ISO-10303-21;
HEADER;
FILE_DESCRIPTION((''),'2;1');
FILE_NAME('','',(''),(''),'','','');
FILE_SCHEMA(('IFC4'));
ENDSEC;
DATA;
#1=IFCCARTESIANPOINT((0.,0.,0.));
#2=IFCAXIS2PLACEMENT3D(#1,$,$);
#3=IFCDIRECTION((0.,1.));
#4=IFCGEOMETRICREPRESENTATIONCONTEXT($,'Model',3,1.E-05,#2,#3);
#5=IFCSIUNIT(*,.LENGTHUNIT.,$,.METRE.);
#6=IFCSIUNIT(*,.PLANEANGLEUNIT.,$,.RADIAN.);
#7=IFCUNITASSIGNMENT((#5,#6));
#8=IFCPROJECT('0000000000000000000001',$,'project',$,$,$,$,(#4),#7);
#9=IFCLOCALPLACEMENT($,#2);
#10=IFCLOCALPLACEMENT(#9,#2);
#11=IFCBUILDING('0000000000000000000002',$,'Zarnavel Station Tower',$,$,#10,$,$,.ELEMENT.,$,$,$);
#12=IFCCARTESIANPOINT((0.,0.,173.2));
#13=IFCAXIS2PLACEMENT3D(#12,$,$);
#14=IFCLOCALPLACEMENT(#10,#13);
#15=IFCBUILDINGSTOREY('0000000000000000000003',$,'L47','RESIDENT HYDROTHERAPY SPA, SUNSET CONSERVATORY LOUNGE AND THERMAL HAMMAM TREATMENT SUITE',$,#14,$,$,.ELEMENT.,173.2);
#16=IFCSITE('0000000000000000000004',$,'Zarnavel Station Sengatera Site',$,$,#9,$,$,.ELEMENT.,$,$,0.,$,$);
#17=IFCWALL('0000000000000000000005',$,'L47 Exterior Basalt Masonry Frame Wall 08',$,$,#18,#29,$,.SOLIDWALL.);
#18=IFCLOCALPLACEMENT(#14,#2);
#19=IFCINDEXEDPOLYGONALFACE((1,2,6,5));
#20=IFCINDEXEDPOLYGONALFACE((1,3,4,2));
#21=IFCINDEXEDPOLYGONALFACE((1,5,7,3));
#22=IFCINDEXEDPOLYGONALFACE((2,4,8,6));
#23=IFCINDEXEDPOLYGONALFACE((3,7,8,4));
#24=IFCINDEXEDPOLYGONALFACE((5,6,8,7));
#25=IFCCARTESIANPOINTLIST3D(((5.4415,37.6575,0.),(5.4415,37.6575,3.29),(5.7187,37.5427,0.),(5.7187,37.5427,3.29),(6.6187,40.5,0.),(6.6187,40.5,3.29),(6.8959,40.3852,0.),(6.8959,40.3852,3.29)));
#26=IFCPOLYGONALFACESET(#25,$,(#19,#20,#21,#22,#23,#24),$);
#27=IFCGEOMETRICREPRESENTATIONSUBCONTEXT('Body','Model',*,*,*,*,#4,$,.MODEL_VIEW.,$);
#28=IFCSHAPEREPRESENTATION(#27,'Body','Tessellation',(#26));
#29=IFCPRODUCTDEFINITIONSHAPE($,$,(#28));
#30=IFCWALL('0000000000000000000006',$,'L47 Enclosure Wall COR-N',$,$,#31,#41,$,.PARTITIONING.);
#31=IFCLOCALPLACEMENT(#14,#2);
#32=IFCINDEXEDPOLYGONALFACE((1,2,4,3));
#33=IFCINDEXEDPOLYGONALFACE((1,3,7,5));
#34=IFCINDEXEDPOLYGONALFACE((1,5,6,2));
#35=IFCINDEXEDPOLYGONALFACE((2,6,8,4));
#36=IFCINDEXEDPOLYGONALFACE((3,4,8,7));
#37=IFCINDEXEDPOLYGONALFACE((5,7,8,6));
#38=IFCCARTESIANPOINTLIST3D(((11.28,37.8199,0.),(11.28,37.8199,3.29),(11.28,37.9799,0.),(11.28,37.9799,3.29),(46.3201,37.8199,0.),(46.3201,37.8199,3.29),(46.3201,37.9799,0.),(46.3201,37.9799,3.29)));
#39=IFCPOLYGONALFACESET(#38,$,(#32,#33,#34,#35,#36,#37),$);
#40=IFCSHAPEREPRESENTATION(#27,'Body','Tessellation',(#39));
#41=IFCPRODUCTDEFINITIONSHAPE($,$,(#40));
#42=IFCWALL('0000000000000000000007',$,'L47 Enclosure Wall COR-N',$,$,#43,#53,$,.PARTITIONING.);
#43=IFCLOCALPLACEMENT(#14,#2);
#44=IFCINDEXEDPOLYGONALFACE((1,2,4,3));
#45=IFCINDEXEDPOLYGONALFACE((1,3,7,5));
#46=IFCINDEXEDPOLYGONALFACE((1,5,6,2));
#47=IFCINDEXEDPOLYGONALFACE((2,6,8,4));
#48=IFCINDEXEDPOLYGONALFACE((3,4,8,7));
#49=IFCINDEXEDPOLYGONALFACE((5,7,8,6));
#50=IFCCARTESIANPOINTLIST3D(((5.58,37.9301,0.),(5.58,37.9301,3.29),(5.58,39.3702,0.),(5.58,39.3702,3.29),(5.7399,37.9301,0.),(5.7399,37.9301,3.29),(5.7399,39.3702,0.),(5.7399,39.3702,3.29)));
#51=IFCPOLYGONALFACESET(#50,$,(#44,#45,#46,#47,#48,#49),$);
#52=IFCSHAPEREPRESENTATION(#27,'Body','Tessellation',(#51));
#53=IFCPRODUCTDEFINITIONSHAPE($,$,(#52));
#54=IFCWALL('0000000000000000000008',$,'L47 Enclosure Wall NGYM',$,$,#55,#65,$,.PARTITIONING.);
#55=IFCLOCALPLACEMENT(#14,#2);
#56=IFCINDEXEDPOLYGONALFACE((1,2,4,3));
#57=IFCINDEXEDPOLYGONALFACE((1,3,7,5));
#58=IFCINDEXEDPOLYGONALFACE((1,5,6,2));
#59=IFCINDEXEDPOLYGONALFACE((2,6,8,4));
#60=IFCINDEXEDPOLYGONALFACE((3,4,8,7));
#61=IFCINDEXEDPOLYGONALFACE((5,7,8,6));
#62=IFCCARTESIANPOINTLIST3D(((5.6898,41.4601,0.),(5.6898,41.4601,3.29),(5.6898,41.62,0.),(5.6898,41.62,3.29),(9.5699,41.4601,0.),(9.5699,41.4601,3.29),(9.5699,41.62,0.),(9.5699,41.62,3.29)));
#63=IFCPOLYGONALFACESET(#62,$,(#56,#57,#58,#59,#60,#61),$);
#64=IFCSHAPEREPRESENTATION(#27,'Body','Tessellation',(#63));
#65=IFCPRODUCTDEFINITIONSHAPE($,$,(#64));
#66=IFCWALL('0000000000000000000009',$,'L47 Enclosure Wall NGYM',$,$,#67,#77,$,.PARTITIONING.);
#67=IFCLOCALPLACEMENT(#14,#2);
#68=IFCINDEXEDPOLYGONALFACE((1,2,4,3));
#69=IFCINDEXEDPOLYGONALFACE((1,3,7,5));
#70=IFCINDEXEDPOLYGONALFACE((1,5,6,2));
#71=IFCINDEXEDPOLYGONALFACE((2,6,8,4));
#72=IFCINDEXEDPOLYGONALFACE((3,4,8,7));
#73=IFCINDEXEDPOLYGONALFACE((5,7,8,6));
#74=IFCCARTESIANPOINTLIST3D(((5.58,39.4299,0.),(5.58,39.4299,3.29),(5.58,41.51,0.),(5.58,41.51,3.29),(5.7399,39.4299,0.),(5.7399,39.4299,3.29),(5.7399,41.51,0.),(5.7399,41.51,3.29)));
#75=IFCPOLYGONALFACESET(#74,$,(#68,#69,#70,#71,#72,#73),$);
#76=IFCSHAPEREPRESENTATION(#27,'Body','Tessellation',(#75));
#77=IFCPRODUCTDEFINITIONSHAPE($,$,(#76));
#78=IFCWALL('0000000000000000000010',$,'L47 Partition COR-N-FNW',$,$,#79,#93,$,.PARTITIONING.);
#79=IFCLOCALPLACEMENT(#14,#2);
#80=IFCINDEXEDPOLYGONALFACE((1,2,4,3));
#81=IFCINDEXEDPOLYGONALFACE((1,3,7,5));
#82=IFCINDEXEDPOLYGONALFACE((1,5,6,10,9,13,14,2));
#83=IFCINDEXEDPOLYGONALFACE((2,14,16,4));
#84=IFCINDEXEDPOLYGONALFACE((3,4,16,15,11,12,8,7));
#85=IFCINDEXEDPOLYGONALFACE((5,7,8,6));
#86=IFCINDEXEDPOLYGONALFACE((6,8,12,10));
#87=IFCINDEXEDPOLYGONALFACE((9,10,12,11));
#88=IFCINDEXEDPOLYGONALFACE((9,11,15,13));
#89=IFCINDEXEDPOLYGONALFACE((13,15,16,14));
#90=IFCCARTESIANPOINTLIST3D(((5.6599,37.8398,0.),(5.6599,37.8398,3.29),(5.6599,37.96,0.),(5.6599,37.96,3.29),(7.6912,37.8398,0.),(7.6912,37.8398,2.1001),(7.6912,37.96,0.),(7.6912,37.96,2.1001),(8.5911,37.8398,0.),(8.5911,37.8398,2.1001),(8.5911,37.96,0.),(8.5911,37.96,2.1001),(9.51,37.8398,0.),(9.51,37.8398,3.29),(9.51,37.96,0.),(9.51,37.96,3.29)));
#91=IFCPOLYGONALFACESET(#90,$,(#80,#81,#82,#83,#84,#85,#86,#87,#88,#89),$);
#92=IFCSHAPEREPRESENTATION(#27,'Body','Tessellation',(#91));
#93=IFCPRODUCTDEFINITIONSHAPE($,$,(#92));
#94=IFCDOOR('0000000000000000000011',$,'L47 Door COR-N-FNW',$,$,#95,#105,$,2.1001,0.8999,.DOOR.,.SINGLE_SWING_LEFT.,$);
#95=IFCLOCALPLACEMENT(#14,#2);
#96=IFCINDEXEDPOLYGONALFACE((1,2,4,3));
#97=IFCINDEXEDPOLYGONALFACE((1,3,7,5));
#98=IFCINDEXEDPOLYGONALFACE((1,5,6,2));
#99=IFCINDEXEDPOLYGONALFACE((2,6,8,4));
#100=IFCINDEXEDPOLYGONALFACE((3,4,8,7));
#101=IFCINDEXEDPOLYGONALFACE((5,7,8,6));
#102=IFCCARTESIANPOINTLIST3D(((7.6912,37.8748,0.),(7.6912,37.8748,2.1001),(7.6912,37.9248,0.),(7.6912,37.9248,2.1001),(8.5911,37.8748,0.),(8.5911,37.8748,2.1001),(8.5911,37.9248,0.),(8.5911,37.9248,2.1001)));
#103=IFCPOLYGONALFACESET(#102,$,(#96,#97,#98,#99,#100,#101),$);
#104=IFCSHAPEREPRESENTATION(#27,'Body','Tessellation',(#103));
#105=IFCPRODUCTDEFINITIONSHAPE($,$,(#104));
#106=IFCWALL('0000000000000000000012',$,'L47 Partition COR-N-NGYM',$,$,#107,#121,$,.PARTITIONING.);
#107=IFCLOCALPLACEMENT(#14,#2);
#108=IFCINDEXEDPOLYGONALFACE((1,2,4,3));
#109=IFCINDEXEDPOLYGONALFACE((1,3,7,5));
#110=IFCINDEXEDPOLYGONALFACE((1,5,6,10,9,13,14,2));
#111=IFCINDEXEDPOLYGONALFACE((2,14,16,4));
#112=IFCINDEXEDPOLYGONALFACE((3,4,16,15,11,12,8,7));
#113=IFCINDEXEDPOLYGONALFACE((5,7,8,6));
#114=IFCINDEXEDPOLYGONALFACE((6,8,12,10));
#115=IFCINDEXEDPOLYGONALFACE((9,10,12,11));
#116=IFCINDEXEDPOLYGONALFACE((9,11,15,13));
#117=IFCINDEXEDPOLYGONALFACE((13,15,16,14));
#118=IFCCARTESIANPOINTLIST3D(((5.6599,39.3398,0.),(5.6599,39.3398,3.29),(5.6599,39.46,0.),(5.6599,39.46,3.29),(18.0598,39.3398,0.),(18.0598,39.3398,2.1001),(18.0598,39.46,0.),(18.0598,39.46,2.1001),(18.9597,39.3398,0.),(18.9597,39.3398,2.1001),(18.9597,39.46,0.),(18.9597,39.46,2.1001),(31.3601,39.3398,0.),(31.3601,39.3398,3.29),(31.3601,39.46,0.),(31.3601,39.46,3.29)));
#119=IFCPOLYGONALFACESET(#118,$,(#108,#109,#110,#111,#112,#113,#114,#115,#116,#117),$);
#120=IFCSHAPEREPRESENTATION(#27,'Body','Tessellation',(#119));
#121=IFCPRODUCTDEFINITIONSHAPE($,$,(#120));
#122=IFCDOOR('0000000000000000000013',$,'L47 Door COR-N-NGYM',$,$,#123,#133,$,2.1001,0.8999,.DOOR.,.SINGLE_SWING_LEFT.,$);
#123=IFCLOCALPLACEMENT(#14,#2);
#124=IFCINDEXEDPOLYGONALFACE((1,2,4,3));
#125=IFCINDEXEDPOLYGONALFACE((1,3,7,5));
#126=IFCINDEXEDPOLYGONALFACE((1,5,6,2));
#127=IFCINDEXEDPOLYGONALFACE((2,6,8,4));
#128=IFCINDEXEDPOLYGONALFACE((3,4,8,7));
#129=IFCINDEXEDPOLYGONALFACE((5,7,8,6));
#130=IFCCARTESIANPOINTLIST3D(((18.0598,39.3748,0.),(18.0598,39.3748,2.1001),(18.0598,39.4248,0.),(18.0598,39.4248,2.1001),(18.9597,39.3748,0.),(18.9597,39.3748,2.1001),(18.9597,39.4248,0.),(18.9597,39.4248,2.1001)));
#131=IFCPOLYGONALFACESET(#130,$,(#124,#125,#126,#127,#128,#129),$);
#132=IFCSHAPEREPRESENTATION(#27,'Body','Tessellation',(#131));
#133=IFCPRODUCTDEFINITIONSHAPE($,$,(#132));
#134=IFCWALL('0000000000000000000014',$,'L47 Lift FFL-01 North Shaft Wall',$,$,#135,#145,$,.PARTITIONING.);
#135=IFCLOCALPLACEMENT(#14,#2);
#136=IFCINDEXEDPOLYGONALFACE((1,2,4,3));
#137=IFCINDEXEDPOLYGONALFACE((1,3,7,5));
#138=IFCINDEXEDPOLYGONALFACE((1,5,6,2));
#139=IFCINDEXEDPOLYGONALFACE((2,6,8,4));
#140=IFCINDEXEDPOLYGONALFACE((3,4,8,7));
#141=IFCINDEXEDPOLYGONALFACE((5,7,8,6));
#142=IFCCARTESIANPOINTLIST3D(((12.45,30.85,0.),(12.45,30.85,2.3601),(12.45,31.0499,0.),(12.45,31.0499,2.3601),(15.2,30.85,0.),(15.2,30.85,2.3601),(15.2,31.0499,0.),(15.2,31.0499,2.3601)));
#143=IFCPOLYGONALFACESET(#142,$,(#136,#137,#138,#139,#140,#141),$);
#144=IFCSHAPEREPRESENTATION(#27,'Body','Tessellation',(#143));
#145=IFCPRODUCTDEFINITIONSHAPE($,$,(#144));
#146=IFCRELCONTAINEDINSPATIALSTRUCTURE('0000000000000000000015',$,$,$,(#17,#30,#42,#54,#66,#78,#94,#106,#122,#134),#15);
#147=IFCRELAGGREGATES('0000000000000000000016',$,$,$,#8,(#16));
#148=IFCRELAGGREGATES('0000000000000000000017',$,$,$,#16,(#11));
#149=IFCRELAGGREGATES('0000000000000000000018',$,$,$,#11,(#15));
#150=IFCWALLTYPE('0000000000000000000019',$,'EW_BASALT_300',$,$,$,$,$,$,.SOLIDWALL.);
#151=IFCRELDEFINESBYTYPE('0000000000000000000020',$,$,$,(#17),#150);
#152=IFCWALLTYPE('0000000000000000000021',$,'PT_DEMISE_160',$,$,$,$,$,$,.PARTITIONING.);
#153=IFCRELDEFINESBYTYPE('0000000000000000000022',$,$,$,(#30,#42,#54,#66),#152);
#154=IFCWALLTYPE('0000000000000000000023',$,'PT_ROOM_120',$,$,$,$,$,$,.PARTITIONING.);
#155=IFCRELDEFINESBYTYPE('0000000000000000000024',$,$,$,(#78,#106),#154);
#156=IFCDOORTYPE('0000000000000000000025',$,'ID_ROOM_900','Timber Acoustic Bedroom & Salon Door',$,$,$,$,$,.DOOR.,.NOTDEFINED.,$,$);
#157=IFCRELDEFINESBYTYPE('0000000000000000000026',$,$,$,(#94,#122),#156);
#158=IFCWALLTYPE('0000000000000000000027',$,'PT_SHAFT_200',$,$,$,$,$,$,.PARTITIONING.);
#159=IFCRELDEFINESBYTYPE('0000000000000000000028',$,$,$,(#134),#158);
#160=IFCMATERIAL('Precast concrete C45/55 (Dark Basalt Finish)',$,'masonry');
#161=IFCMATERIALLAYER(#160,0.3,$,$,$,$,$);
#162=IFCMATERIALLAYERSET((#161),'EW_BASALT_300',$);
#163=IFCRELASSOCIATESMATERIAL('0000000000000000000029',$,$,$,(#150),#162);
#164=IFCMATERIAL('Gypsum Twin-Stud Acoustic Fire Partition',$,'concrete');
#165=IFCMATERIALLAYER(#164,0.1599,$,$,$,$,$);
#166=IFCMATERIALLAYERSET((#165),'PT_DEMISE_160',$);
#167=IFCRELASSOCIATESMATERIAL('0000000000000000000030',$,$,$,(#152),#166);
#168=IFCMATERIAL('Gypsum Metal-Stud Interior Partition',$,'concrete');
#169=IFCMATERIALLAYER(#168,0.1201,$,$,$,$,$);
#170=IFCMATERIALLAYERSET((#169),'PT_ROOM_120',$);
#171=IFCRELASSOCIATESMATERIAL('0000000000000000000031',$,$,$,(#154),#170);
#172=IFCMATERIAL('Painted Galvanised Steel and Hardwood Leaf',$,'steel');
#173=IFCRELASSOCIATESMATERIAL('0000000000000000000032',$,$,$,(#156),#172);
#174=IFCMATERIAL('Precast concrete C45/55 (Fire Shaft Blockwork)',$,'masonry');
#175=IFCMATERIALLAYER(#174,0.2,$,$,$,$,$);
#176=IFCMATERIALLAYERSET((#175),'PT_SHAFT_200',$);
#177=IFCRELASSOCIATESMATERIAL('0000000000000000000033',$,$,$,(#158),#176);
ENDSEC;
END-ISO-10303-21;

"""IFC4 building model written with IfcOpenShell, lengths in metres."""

from ifc_helpers import new_model, si_unit, direction, frame, frame_2d, origin, place, context, subcontext, project, spatial, rectangle, extrude, material, layer, layer_set, type_object, element, fill, save


model = new_model("IFC4")

# Units and contexts
model_context = context("Model", 3, precision=1e-05, world=origin(), true_north=direction((0.0, 1.0)))
body_context = subcontext(model_context, "Body", "Model", "MODEL_VIEW")
ifc_project = project(units=[si_unit("LENGTHUNIT", "METRE"), si_unit("PLANEANGLEUNIT", "RADIAN")], contexts=[model_context])

# Site, building, storey
site_placement = place(None, origin())
site = spatial("IfcSite", under=ifc_project, at=site_placement, Name="Zarnavel Station Sengatera Site", CompositionType="ELEMENT", RefElevation=0.0)
building_placement = place(site_placement, origin())
building = spatial("IfcBuilding", under=site, at=building_placement, Name="Zarnavel Station Tower", CompositionType="ELEMENT")
storey_placement = place(building_placement, frame((0.0, 0.0, 173.2)))
storey = spatial("IfcBuildingStorey", under=building, at=storey_placement, Name="L47", Description="RESIDENT HYDROTHERAPY SPA, SUNSET CONSERVATORY LOUNGE AND THERMAL HAMMAM TREATMENT SUITE", CompositionType="ELEMENT", Elevation=173.2)

# Shared definitions
ifc_material_1 = material(Name="Precast concrete C45/55 (Dark Basalt Finish)", Category="masonry")
ifc_layer_1 = layer(ifc_material_1, 0.3)
ifc_layer_set_1 = layer_set([ifc_layer_1], Name="EW_BASALT_300")
wall_type_1 = type_object("IfcWallType", Name="EW_BASALT_300", PredefinedType="SOLIDWALL", material=ifc_layer_set_1)

# Walls
wall_1_placement = place(storey_placement, frame((5.5801, 37.6001, 0.0), z_axis=(0.0, 0.0, 1.0), x_axis=(0.382637, 0.923899, 0.0)))
element("IfcWall", 1, at=wall_1_placement, inside=storey, type_object=wall_type_1, Name="L47 Exterior Basalt Masonry Frame Wall 08", PredefinedType="SOLIDWALL", context=body_context, shape_type="SweptSolid", body=[
    extrude(rectangle(XDim=3.0767, YDim=0.3, at=frame_2d((1.5383, 0.0))), origin(), (0.0, 0.0, 1.0), 3.29),
])
ifc_material_2 = material(Name="Gypsum Twin-Stud Acoustic Fire Partition", Category="concrete")
ifc_layer_2 = layer(ifc_material_2, 0.1599)
ifc_layer_set_2 = layer_set([ifc_layer_2], Name="PT_DEMISE_160")
wall_type_2 = type_object("IfcWallType", Name="PT_DEMISE_160", PredefinedType="PARTITIONING", material=ifc_layer_set_2)
wall_2_placement = place(storey_placement, frame((11.28, 37.8999, 0.0), z_axis=(0.0, 0.0, 1.0), x_axis=(1.0, 0.0, 0.0)))
element("IfcWall", 2, at=wall_2_placement, inside=storey, type_object=wall_type_2, Name="L47 Enclosure Wall COR-N", PredefinedType="PARTITIONING", context=body_context, shape_type="SweptSolid", body=[
    extrude(rectangle(XDim=35.04, YDim=0.1599, at=frame_2d((17.52, 0.0))), origin(), (0.0, 0.0, 1.0), 3.29),
])
wall_3_placement = place(storey_placement, frame((5.6599, 37.9299, 0.0), z_axis=(0.0, 0.0, 1.0), x_axis=(0.0, 1.0, 0.0)))
element("IfcWall", 3, at=wall_3_placement, inside=storey, type_object=wall_type_2, Name="L47 Enclosure Wall COR-N", PredefinedType="PARTITIONING", context=body_context, shape_type="SweptSolid", body=[
    extrude(rectangle(XDim=1.4402, YDim=0.1599, at=frame_2d((0.7202, 0.0))), origin(), (0.0, 0.0, 1.0), 3.29),
])
wall_4_placement = place(storey_placement, frame((5.6899, 41.54, 0.0), z_axis=(0.0, 0.0, 1.0), x_axis=(1.0, 0.0, 0.0)))
element("IfcWall", 4, at=wall_4_placement, inside=storey, type_object=wall_type_2, Name="L47 Enclosure Wall NGYM", PredefinedType="PARTITIONING", context=body_context, shape_type="SweptSolid", body=[
    extrude(rectangle(XDim=3.8801, YDim=0.1599, at=frame_2d((1.9399, 0.0))), origin(), (0.0, 0.0, 1.0), 3.29),
])
wall_5_placement = place(storey_placement, frame((5.6599, 39.4299, 0.0), z_axis=(0.0, 0.0, 1.0), x_axis=(0.0, 1.0, 0.0)))
element("IfcWall", 5, at=wall_5_placement, inside=storey, type_object=wall_type_2, Name="L47 Enclosure Wall NGYM", PredefinedType="PARTITIONING", context=body_context, shape_type="SweptSolid", body=[
    extrude(rectangle(XDim=2.0801, YDim=0.1599, at=frame_2d((1.04, 0.0))), origin(), (0.0, 0.0, 1.0), 3.29),
])

# Walls, openings, doors
ifc_material_3 = material(Name="Gypsum Metal-Stud Interior Partition", Category="concrete")
ifc_layer_3 = layer(ifc_material_3, 0.1201)
ifc_layer_set_3 = layer_set([ifc_layer_3], Name="PT_ROOM_120")
wall_type_3 = type_object("IfcWallType", Name="PT_ROOM_120", PredefinedType="PARTITIONING", material=ifc_layer_set_3)
wall_6_placement = place(storey_placement, frame((5.6599, 37.8999, 0.0), z_axis=(0.0, 0.0, 1.0), x_axis=(1.0, 0.0, 0.0)))
wall_6 = element("IfcWall", 6, at=wall_6_placement, inside=storey, type_object=wall_type_3, Name="L47 Partition COR-N-FNW", PredefinedType="PARTITIONING", context=body_context, shape_type="SweptSolid", body=[
    extrude(rectangle(XDim=3.8501, YDim=0.1201, at=frame_2d((1.925, 0.0))), origin(), (0.0, 0.0, 1.0), 3.29),
])
opening_1_placement = place(wall_6_placement, frame((2.0312, 0.0, 0.0)))
opening_1 = element("IfcOpeningElement", 7, at=opening_1_placement, cuts=wall_6, PredefinedType="OPENING", context=body_context, shape_type="SweptSolid", body=[
    extrude(rectangle(XDim=0.8999, YDim=2.1001, at=frame_2d((0.45, 1.05))), frame((0.0, 0.0701, 0.0), z_axis=(0.0, -1.0, 0.0), x_axis=(1.0, 0.0, 0.0)), (0.0, 0.0, 1.0), 0.1401),
])
ifc_material_4 = material(Name="Painted Galvanised Steel and Hardwood Leaf", Category="steel")
door_type = type_object("IfcDoorType", Name="ID_ROOM_900", Description="Timber Acoustic Bedroom & Salon Door", OperationType="NOTDEFINED", PredefinedType="DOOR", material=ifc_material_4)
door_1_placement = place(opening_1_placement, origin())
door_1 = element("IfcDoor", 8, at=door_1_placement, inside=storey, type_object=door_type, Name="L47 Door COR-N-FNW", OperationType="SINGLE_SWING_LEFT", OverallHeight=2.1001, OverallWidth=0.8999, PredefinedType="DOOR", context=body_context, shape_type="SweptSolid", body=[
    extrude(rectangle(XDim=0.8999, YDim=2.1001, at=frame_2d((0.45, 1.05))), frame((0.0, 0.0249, 0.0), z_axis=(0.0, -1.0, 0.0), x_axis=(1.0, 0.0, 0.0)), (0.0, 0.0, 1.0), 0.05),
])
fill(opening_1, door_1)
wall_7_placement = place(storey_placement, frame((5.6599, 39.3999, 0.0), z_axis=(0.0, 0.0, 1.0), x_axis=(1.0, 0.0, 0.0)))
wall_7 = element("IfcWall", 9, at=wall_7_placement, inside=storey, type_object=wall_type_3, Name="L47 Partition COR-N-NGYM", PredefinedType="PARTITIONING", context=body_context, shape_type="SweptSolid", body=[
    extrude(rectangle(XDim=25.7002, YDim=0.1201, at=frame_2d((12.8501, 0.0))), origin(), (0.0, 0.0, 1.0), 3.29),
])
opening_2_placement = place(wall_7_placement, frame((12.3999, 0.0, 0.0)))
opening_2 = element("IfcOpeningElement", 10, at=opening_2_placement, cuts=wall_7, PredefinedType="OPENING", context=body_context, shape_type="SweptSolid", body=[
    extrude(rectangle(XDim=0.8999, YDim=2.1001, at=frame_2d((0.45, 1.05))), frame((0.0, 0.0701, 0.0), z_axis=(0.0, -1.0, 0.0), x_axis=(1.0, 0.0, 0.0)), (0.0, 0.0, 1.0), 0.1401),
])
door_2_placement = place(opening_2_placement, origin())
door_2 = element("IfcDoor", 11, at=door_2_placement, inside=storey, type_object=door_type, Name="L47 Door COR-N-NGYM", OperationType="SINGLE_SWING_LEFT", OverallHeight=2.1001, OverallWidth=0.8999, PredefinedType="DOOR", context=body_context, shape_type="SweptSolid", body=[
    extrude(rectangle(XDim=0.8999, YDim=2.1001, at=frame_2d((0.45, 1.05))), frame((0.0, 0.0249, 0.0), z_axis=(0.0, -1.0, 0.0), x_axis=(1.0, 0.0, 0.0)), (0.0, 0.0, 1.0), 0.05),
])
fill(opening_2, door_2)

# Wall
ifc_material_5 = material(Name="Precast concrete C45/55 (Fire Shaft Blockwork)", Category="masonry")
ifc_layer_4 = layer(ifc_material_5, 0.2)
ifc_layer_set_4 = layer_set([ifc_layer_4], Name="PT_SHAFT_200")
wall_type_4 = type_object("IfcWallType", Name="PT_SHAFT_200", PredefinedType="PARTITIONING", material=ifc_layer_set_4)
wall_8_placement = place(storey_placement, frame((12.45, 30.95, 0.0), z_axis=(0.0, 0.0, 1.0), x_axis=(1.0, 0.0, 0.0)))
element("IfcWall", 12, at=wall_8_placement, inside=storey, type_object=wall_type_4, Name="L47 Lift FFL-01 North Shaft Wall", PredefinedType="PARTITIONING", context=body_context, shape_type="SweptSolid", body=[
    extrude(rectangle(XDim=2.75, YDim=0.2, at=frame_2d((1.375, 0.0))), origin(), (0.0, 0.0, 1.0), 2.3601),
])

save(model, "model.ifc")
